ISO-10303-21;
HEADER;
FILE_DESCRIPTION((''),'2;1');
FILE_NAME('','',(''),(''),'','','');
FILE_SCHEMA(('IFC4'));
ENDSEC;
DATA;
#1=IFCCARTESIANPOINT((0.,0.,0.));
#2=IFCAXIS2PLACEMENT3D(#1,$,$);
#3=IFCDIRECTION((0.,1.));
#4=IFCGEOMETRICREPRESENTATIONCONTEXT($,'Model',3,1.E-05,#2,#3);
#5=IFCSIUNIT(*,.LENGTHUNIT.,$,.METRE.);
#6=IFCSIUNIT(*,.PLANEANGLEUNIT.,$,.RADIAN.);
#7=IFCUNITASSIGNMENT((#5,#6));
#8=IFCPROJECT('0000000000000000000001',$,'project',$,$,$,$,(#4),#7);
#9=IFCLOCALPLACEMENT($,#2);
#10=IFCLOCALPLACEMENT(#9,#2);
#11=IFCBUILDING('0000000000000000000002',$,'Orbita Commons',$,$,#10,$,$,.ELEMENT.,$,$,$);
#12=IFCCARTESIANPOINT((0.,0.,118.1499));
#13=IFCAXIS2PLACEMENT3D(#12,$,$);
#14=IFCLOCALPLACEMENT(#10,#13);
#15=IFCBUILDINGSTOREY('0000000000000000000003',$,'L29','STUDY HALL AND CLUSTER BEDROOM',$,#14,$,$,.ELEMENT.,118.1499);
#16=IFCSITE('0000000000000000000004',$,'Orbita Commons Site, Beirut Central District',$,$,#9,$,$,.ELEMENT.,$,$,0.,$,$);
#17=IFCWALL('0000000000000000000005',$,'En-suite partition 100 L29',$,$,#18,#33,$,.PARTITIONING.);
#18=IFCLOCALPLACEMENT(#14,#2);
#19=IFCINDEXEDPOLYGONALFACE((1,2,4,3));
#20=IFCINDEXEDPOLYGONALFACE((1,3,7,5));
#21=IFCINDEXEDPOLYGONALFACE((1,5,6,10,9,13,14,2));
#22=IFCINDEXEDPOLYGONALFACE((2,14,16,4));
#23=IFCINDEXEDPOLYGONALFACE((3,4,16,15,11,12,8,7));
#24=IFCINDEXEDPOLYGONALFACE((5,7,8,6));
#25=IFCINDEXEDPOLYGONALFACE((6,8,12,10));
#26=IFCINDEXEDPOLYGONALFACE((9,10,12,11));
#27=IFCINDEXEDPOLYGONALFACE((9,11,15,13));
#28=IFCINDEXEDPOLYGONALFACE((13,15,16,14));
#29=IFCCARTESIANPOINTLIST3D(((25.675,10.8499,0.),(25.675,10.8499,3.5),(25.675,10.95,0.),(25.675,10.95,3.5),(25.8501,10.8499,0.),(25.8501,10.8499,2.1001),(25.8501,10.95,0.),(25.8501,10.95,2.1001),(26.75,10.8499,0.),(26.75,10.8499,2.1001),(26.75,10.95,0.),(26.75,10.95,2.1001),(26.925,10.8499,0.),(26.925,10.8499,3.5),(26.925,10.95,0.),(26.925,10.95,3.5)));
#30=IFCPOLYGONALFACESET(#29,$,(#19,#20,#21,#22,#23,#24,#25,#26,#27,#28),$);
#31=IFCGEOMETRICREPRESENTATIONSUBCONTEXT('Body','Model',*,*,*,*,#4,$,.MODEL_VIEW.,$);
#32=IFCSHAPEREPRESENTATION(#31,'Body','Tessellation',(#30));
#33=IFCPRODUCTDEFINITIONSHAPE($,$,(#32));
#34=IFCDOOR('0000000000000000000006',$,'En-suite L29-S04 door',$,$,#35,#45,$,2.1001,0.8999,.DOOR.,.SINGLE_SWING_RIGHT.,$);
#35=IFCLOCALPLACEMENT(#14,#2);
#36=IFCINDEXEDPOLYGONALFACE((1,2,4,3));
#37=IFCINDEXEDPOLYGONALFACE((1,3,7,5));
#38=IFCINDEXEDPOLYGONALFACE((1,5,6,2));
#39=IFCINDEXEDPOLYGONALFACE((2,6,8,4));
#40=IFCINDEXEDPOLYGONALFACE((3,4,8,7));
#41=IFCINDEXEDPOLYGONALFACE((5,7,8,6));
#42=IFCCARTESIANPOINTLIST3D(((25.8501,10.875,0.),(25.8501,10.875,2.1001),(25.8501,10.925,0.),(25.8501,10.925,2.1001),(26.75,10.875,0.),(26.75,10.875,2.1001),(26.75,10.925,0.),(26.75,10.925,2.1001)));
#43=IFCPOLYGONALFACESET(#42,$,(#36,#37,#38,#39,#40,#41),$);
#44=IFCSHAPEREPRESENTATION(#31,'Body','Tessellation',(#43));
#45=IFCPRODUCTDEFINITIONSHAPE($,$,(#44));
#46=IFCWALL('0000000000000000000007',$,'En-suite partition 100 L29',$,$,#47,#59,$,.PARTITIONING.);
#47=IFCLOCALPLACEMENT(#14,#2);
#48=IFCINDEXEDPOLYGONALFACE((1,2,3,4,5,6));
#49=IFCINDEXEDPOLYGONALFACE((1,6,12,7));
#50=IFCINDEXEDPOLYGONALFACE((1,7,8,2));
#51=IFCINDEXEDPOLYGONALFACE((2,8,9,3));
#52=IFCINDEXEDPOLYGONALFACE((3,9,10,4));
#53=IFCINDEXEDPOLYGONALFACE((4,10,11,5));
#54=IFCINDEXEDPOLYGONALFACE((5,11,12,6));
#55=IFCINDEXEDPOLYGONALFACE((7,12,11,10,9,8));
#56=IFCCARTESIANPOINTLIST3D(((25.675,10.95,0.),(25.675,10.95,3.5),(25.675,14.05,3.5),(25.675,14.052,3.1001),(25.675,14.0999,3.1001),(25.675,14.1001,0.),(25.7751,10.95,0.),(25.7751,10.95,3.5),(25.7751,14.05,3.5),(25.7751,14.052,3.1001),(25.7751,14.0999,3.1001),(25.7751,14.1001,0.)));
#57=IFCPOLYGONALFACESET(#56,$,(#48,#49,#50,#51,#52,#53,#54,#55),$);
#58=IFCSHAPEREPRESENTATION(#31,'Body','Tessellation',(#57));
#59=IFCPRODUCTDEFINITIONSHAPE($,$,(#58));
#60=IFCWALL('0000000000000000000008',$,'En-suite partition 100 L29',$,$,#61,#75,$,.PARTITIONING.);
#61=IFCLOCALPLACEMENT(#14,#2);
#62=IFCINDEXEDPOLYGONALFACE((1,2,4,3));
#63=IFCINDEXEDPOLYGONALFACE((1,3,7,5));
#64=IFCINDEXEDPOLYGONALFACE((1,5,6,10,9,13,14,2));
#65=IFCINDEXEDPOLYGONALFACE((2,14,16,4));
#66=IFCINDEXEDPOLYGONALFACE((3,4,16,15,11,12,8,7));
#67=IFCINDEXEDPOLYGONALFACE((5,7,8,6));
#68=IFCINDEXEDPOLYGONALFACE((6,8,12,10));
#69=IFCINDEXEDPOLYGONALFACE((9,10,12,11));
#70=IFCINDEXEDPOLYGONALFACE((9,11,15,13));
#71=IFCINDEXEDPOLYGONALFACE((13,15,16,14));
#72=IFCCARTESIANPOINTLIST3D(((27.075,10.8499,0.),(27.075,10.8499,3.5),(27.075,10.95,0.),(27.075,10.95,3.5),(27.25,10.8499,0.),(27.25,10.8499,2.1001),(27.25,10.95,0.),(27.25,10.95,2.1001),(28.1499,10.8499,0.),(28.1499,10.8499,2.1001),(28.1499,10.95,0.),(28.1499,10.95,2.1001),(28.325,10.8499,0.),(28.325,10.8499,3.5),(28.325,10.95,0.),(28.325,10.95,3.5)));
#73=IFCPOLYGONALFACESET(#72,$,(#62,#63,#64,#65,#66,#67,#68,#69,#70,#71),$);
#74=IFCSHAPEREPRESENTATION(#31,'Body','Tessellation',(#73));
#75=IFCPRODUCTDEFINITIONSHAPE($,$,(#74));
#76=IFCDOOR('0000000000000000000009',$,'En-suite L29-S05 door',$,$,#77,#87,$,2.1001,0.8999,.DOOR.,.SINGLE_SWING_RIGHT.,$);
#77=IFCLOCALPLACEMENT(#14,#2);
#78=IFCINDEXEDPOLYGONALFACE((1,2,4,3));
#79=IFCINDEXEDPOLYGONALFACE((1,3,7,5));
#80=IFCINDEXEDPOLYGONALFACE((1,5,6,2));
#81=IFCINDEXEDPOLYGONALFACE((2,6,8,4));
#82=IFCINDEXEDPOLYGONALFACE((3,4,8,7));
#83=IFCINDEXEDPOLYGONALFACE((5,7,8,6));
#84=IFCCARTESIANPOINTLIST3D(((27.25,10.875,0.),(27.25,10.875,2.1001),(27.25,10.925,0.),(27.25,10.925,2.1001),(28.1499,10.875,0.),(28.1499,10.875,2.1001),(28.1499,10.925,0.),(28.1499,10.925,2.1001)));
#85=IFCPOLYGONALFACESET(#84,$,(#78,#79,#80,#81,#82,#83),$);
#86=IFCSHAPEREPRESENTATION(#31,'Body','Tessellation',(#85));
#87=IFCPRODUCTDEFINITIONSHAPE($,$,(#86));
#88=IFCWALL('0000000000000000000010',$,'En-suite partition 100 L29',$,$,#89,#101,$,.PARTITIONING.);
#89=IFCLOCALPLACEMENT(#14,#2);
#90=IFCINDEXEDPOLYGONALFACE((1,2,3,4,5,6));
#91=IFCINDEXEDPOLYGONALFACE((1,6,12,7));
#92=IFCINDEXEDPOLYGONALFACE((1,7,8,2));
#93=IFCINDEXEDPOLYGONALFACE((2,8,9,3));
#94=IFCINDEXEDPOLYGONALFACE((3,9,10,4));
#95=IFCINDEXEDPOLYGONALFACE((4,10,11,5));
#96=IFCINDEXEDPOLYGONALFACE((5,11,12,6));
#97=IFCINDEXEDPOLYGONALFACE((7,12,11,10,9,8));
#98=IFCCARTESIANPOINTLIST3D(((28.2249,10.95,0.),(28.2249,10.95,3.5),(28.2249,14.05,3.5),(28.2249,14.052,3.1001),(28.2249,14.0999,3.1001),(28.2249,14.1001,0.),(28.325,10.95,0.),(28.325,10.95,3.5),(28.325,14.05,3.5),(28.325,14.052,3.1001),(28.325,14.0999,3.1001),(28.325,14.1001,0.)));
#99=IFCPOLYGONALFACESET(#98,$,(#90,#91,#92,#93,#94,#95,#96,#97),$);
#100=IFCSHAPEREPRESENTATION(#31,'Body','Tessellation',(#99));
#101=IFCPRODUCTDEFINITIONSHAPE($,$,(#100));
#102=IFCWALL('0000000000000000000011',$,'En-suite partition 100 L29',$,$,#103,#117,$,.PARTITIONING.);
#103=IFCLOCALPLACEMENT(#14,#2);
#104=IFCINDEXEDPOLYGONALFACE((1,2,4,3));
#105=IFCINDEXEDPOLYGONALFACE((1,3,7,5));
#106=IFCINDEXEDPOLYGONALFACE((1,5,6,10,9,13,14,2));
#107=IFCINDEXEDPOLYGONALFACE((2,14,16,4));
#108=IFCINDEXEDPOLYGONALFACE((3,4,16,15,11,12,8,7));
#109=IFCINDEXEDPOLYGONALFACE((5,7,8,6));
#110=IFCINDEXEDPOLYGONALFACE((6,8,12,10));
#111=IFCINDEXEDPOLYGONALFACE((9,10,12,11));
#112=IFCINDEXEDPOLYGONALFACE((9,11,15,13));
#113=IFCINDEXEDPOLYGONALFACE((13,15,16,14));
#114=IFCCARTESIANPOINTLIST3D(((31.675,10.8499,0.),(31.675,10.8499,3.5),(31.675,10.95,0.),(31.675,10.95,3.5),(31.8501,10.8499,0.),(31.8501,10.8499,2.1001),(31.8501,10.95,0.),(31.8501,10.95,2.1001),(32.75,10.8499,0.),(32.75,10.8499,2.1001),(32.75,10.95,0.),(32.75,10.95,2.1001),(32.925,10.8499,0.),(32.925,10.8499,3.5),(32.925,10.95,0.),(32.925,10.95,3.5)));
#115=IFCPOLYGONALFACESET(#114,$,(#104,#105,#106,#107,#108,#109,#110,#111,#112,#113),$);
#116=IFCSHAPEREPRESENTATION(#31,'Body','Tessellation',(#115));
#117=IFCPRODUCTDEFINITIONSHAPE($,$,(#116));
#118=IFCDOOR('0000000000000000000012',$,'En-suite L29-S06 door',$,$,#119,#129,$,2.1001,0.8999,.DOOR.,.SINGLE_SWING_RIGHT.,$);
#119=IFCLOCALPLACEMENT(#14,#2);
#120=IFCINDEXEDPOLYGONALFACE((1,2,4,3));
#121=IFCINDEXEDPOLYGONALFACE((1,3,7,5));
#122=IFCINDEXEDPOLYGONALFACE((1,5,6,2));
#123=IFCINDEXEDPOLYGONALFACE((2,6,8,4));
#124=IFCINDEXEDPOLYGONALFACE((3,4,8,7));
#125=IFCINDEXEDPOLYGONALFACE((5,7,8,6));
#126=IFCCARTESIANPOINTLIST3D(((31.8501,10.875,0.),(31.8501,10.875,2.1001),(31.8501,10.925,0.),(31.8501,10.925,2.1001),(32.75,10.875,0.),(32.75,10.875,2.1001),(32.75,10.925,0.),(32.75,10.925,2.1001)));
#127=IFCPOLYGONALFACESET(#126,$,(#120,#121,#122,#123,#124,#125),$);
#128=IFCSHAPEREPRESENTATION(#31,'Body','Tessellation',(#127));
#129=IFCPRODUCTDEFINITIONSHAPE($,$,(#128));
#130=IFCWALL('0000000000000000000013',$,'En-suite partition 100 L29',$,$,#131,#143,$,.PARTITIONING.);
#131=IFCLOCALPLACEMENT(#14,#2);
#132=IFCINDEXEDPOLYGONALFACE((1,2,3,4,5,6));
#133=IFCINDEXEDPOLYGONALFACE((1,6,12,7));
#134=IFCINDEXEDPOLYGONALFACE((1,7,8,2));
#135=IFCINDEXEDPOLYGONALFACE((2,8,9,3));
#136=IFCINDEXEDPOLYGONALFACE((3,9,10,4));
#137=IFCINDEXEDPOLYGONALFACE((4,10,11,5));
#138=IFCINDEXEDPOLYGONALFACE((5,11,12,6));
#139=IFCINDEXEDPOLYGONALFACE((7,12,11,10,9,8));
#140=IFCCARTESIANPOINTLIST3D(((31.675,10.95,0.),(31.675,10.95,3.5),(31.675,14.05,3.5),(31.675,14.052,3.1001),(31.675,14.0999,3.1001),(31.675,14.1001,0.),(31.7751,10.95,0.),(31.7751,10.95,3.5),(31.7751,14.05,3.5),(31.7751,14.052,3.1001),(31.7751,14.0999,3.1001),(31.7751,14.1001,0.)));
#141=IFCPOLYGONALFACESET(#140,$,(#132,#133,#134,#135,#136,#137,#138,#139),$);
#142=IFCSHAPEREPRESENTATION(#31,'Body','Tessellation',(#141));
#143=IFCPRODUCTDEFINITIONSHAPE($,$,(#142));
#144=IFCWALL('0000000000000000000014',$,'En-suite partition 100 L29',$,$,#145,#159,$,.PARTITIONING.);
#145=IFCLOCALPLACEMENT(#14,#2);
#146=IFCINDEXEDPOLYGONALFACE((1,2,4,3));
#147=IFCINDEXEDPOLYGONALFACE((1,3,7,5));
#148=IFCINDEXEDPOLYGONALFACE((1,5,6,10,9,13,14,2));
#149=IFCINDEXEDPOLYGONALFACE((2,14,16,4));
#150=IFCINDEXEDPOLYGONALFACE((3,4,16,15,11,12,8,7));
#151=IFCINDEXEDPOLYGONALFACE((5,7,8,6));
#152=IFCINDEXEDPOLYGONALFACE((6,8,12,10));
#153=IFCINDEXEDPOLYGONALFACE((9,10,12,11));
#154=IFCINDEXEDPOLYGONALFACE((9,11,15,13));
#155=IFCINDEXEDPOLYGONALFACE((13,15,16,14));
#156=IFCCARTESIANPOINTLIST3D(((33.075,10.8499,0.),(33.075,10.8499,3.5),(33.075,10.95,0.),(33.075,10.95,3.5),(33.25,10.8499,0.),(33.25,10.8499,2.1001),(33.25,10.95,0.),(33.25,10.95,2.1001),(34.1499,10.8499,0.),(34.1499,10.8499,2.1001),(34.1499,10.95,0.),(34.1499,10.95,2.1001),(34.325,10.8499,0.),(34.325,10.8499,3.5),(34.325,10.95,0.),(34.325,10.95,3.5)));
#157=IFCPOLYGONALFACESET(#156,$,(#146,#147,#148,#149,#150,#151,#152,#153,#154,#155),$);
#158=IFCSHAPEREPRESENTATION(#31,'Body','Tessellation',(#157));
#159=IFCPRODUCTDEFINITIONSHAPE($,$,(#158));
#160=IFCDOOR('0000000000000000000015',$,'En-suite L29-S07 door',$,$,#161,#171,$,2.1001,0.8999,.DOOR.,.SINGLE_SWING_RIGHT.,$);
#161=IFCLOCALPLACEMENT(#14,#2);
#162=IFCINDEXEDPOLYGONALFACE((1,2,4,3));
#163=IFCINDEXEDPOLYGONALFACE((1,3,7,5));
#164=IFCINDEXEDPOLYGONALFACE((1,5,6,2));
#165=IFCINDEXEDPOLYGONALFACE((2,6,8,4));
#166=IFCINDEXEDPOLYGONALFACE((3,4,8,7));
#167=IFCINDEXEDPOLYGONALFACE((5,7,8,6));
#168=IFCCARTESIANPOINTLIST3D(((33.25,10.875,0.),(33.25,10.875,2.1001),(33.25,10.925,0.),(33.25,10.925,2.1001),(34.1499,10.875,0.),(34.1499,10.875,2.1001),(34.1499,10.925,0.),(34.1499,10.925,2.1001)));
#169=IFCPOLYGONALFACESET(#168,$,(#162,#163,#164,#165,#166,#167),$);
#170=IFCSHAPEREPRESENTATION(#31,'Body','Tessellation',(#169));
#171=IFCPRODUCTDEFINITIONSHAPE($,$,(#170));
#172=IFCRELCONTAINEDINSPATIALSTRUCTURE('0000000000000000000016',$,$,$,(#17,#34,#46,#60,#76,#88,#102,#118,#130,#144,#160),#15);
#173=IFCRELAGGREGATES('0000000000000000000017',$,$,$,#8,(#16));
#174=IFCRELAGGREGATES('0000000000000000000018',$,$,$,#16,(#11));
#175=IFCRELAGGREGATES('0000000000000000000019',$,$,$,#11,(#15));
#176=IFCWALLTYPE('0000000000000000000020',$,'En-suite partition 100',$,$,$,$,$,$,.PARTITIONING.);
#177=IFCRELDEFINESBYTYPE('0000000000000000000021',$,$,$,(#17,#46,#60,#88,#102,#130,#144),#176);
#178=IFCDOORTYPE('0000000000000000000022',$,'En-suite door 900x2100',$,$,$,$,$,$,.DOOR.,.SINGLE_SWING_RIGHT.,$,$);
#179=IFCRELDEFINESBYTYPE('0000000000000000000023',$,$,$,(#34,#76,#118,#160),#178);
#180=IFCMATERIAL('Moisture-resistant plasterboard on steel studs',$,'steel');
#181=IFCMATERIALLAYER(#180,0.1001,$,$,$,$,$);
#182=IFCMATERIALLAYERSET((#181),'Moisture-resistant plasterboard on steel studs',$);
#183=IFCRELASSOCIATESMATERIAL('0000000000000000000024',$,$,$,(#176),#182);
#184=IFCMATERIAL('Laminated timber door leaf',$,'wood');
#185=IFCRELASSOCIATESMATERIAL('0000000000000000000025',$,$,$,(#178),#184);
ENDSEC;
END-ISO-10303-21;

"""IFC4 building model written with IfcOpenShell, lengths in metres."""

from ifc_helpers import new_model, si_unit, direction, frame, frame_2d, origin, place, context, subcontext, project, spatial, polyline, rectangle, outline, extrude, material, layer, layer_set, type_object, element, fill, save


model = new_model("IFC4")

# Units and contexts
model_context = context("Model", 3, precision=1e-05, world=origin(), true_north=direction((0.0, 1.0)))
body_context = subcontext(model_context, "Body", "Model", "MODEL_VIEW")
ifc_project = project(units=[si_unit("LENGTHUNIT", "METRE"), si_unit("PLANEANGLEUNIT", "RADIAN")], contexts=[model_context])

# Site, building, storey
site_placement = place(None, origin())
site = spatial("IfcSite", under=ifc_project, at=site_placement, Name="Orbita Commons Site, Beirut Central District", CompositionType="ELEMENT", RefElevation=0.0)
building_placement = place(site_placement, origin())
building = spatial("IfcBuilding", under=site, at=building_placement, Name="Orbita Commons", CompositionType="ELEMENT")
storey_placement = place(building_placement, frame((0.0, 0.0, 118.1499)))
storey = spatial("IfcBuildingStorey", under=building, at=storey_placement, Name="L29", Description="STUDY HALL AND CLUSTER BEDROOM", CompositionType="ELEMENT", Elevation=118.1499)

# Wall, opening, door
ifc_material_1 = material(Name="Moisture-resistant plasterboard on steel studs", Category="steel")
ifc_layer_1 = layer(ifc_material_1, 0.1001)
ifc_layer_set_1 = layer_set([ifc_layer_1], Name="Moisture-resistant plasterboard on steel studs")
wall_type_1 = type_object("IfcWallType", Name="En-suite partition 100", PredefinedType="PARTITIONING", material=ifc_layer_set_1)
wall_1_placement = place(storey_placement, frame((26.925, 10.8999, 0.0), z_axis=(0.0, 0.0, 1.0), x_axis=(-1.0, 0.0, 0.0)))
wall_1 = element("IfcWall", 1, at=wall_1_placement, inside=storey, type_object=wall_type_1, Name="En-suite partition 100 L29", PredefinedType="PARTITIONING", context=body_context, shape_type="SweptSolid", body=[
    extrude(rectangle(XDim=1.25, YDim=0.1001, at=frame_2d((0.625, 0.0))), origin(), (0.0, 0.0, 1.0), 3.5),
])
opening_1_placement = place(wall_1_placement, frame((0.175, 0.0, 0.0)))
opening_1 = element("IfcOpeningElement", 2, at=opening_1_placement, cuts=wall_1, PredefinedType="OPENING", context=body_context, shape_type="SweptSolid", body=[
    extrude(rectangle(XDim=0.8999, YDim=2.1001, at=frame_2d((0.45, 1.05))), frame((0.0, 0.0601, 0.0), z_axis=(0.0, -1.0, 0.0), x_axis=(1.0, 0.0, 0.0)), (0.0, 0.0, 1.0), 0.1201),
])
ifc_material_2 = material(Name="Laminated timber door leaf", Category="wood")
door_type_1 = type_object("IfcDoorType", Name="En-suite door 900x2100", OperationType="SINGLE_SWING_RIGHT", PredefinedType="DOOR", material=ifc_material_2)
door_1_placement = place(opening_1_placement, origin())
door_1 = element("IfcDoor", 3, at=door_1_placement, inside=storey, type_object=door_type_1, Name="En-suite L29-S04 door", OperationType="SINGLE_SWING_RIGHT", OverallHeight=2.1001, OverallWidth=0.8999, PredefinedType="DOOR", context=body_context, shape_type="SweptSolid", body=[
    extrude(rectangle(XDim=0.8999, YDim=2.1001, at=frame_2d((0.45, 1.05))), frame((0.0, 0.0249, 0.0), z_axis=(0.0, -1.0, 0.0), x_axis=(1.0, 0.0, 0.0)), (0.0, 0.0, 1.0), 0.05),
])
fill(opening_1, door_1)

# Wall
wall_2_placement = place(storey_placement, frame((25.7251, 10.95, 0.0), z_axis=(0.0, 0.0, 1.0), x_axis=(0.0, 1.0, 0.0)))
element("IfcWall", 4, at=wall_2_placement, inside=storey, type_object=wall_type_1, Name="En-suite partition 100 L29", PredefinedType="PARTITIONING", context=body_context, shape_type="SweptSolid", body=[
    extrude(outline(polyline([(0.0, 0.0), (3.1501, 0.0), (3.1499, 3.1001), (3.1021, 3.1001), (3.1001, 3.5), (0.0, 3.5), (0.0, 0.0)])), frame((0.0, 0.05, 0.0), z_axis=(0.0, -1.0, 0.0), x_axis=(1.0, 0.0, 0.0)), (0.0, 0.0, 1.0), 0.1001),
])

# Wall, opening, door
wall_3_placement = place(storey_placement, frame((28.325, 10.8999, 0.0), z_axis=(0.0, 0.0, 1.0), x_axis=(-1.0, 0.0, 0.0)))
wall_3 = element("IfcWall", 5, at=wall_3_placement, inside=storey, type_object=wall_type_1, Name="En-suite partition 100 L29", PredefinedType="PARTITIONING", context=body_context, shape_type="SweptSolid", body=[
    extrude(rectangle(XDim=1.25, YDim=0.1001, at=frame_2d((0.625, 0.0))), origin(), (0.0, 0.0, 1.0), 3.5),
])
opening_2_placement = place(wall_3_placement, frame((0.175, 0.0, 0.0)))
opening_2 = element("IfcOpeningElement", 6, at=opening_2_placement, cuts=wall_3, PredefinedType="OPENING", context=body_context, shape_type="SweptSolid", body=[
    extrude(rectangle(XDim=0.8999, YDim=2.1001, at=frame_2d((0.45, 1.05))), frame((0.0, 0.0601, 0.0), z_axis=(0.0, -1.0, 0.0), x_axis=(1.0, 0.0, 0.0)), (0.0, 0.0, 1.0), 0.1201),
])
door_2_placement = place(opening_2_placement, origin())
door_2 = element("IfcDoor", 7, at=door_2_placement, inside=storey, type_object=door_type_1, Name="En-suite L29-S05 door", OperationType="SINGLE_SWING_RIGHT", OverallHeight=2.1001, OverallWidth=0.8999, PredefinedType="DOOR", context=body_context, shape_type="SweptSolid", body=[
    extrude(rectangle(XDim=0.8999, YDim=2.1001, at=frame_2d((0.45, 1.05))), frame((0.0, 0.0249, 0.0), z_axis=(0.0, -1.0, 0.0), x_axis=(1.0, 0.0, 0.0)), (0.0, 0.0, 1.0), 0.05),
])
fill(opening_2, door_2)

# Wall
wall_4_placement = place(storey_placement, frame((28.2749, 10.95, 0.0), z_axis=(0.0, 0.0, 1.0), x_axis=(0.0, 1.0, 0.0)))
element("IfcWall", 8, at=wall_4_placement, inside=storey, type_object=wall_type_1, Name="En-suite partition 100 L29", PredefinedType="PARTITIONING", context=body_context, shape_type="SweptSolid", body=[
    extrude(outline(polyline([(0.0, 0.0), (3.1501, 0.0), (3.1499, 3.1001), (3.1021, 3.1001), (3.1001, 3.5), (0.0, 3.5), (0.0, 0.0)])), frame((0.0, 0.05, 0.0), z_axis=(0.0, -1.0, 0.0), x_axis=(1.0, 0.0, 0.0)), (0.0, 0.0, 1.0), 0.1001),
])

# Wall, opening, door
wall_5_placement = place(storey_placement, frame((32.925, 10.8999, 0.0), z_axis=(0.0, 0.0, 1.0), x_axis=(-1.0, 0.0, 0.0)))
wall_5 = element("IfcWall", 9, at=wall_5_placement, inside=storey, type_object=wall_type_1, Name="En-suite partition 100 L29", PredefinedType="PARTITIONING", context=body_context, shape_type="SweptSolid", body=[
    extrude(rectangle(XDim=1.25, YDim=0.1001, at=frame_2d((0.625, 0.0))), origin(), (0.0, 0.0, 1.0), 3.5),
])
opening_3_placement = place(wall_5_placement, frame((0.175, 0.0, 0.0)))
opening_3 = element("IfcOpeningElement", 10, at=opening_3_placement, cuts=wall_5, PredefinedType="OPENING", context=body_context, shape_type="SweptSolid", body=[
    extrude(rectangle(XDim=0.8999, YDim=2.1001, at=frame_2d((0.45, 1.05))), frame((0.0, 0.0601, 0.0), z_axis=(0.0, -1.0, 0.0), x_axis=(1.0, 0.0, 0.0)), (0.0, 0.0, 1.0), 0.1201),
])
door_3_placement = place(opening_3_placement, origin())
door_3 = element("IfcDoor", 11, at=door_3_placement, inside=storey, type_object=door_type_1, Name="En-suite L29-S06 door", OperationType="SINGLE_SWING_RIGHT", OverallHeight=2.1001, OverallWidth=0.8999, PredefinedType="DOOR", context=body_context, shape_type="SweptSolid", body=[
    extrude(rectangle(XDim=0.8999, YDim=2.1001, at=frame_2d((0.45, 1.05))), frame((0.0, 0.0249, 0.0), z_axis=(0.0, -1.0, 0.0), x_axis=(1.0, 0.0, 0.0)), (0.0, 0.0, 1.0), 0.05),
])
fill(opening_3, door_3)

# Wall
wall_6_placement = place(storey_placement, frame((31.7251, 10.95, 0.0), z_axis=(0.0, 0.0, 1.0), x_axis=(0.0, 1.0, 0.0)))
element("IfcWall", 12, at=wall_6_placement, inside=storey, type_object=wall_type_1, Name="En-suite partition 100 L29", PredefinedType="PARTITIONING", context=body_context, shape_type="SweptSolid", body=[
    extrude(outline(polyline([(0.0, 0.0), (3.1501, 0.0), (3.1499, 3.1001), (3.1021, 3.1001), (3.1001, 3.5), (0.0, 3.5), (0.0, 0.0)])), frame((0.0, 0.05, 0.0), z_axis=(0.0, -1.0, 0.0), x_axis=(1.0, 0.0, 0.0)), (0.0, 0.0, 1.0), 0.1001),
])

# Wall, opening, door
wall_7_placement = place(storey_placement, frame((34.325, 10.8999, 0.0), z_axis=(0.0, 0.0, 1.0), x_axis=(-1.0, 0.0, 0.0)))
wall_7 = element("IfcWall", 13, at=wall_7_placement, inside=storey, type_object=wall_type_1, Name="En-suite partition 100 L29", PredefinedType="PARTITIONING", context=body_context, shape_type="SweptSolid", body=[
    extrude(rectangle(XDim=1.25, YDim=0.1001, at=frame_2d((0.625, 0.0))), origin(), (0.0, 0.0, 1.0), 3.5),
])
opening_4_placement = place(wall_7_placement, frame((0.175, 0.0, 0.0)))
opening_4 = element("IfcOpeningElement", 14, at=opening_4_placement, cuts=wall_7, PredefinedType="OPENING", context=body_context, shape_type="SweptSolid", body=[
    extrude(rectangle(XDim=0.8999, YDim=2.1001, at=frame_2d((0.45, 1.05))), frame((0.0, 0.0601, 0.0), z_axis=(0.0, -1.0, 0.0), x_axis=(1.0, 0.0, 0.0)), (0.0, 0.0, 1.0), 0.1201),
])
door_4_placement = place(opening_4_placement, origin())
door_4 = element("IfcDoor", 15, at=door_4_placement, inside=storey, type_object=door_type_1, Name="En-suite L29-S07 door", OperationType="SINGLE_SWING_RIGHT", OverallHeight=2.1001, OverallWidth=0.8999, PredefinedType="DOOR", context=body_context, shape_type="SweptSolid", body=[
    extrude(rectangle(XDim=0.8999, YDim=2.1001, at=frame_2d((0.45, 1.05))), frame((0.0, 0.0249, 0.0), z_axis=(0.0, -1.0, 0.0), x_axis=(1.0, 0.0, 0.0)), (0.0, 0.0, 1.0), 0.05),
])
fill(opening_4, door_4)

save(model, "model.ifc")
